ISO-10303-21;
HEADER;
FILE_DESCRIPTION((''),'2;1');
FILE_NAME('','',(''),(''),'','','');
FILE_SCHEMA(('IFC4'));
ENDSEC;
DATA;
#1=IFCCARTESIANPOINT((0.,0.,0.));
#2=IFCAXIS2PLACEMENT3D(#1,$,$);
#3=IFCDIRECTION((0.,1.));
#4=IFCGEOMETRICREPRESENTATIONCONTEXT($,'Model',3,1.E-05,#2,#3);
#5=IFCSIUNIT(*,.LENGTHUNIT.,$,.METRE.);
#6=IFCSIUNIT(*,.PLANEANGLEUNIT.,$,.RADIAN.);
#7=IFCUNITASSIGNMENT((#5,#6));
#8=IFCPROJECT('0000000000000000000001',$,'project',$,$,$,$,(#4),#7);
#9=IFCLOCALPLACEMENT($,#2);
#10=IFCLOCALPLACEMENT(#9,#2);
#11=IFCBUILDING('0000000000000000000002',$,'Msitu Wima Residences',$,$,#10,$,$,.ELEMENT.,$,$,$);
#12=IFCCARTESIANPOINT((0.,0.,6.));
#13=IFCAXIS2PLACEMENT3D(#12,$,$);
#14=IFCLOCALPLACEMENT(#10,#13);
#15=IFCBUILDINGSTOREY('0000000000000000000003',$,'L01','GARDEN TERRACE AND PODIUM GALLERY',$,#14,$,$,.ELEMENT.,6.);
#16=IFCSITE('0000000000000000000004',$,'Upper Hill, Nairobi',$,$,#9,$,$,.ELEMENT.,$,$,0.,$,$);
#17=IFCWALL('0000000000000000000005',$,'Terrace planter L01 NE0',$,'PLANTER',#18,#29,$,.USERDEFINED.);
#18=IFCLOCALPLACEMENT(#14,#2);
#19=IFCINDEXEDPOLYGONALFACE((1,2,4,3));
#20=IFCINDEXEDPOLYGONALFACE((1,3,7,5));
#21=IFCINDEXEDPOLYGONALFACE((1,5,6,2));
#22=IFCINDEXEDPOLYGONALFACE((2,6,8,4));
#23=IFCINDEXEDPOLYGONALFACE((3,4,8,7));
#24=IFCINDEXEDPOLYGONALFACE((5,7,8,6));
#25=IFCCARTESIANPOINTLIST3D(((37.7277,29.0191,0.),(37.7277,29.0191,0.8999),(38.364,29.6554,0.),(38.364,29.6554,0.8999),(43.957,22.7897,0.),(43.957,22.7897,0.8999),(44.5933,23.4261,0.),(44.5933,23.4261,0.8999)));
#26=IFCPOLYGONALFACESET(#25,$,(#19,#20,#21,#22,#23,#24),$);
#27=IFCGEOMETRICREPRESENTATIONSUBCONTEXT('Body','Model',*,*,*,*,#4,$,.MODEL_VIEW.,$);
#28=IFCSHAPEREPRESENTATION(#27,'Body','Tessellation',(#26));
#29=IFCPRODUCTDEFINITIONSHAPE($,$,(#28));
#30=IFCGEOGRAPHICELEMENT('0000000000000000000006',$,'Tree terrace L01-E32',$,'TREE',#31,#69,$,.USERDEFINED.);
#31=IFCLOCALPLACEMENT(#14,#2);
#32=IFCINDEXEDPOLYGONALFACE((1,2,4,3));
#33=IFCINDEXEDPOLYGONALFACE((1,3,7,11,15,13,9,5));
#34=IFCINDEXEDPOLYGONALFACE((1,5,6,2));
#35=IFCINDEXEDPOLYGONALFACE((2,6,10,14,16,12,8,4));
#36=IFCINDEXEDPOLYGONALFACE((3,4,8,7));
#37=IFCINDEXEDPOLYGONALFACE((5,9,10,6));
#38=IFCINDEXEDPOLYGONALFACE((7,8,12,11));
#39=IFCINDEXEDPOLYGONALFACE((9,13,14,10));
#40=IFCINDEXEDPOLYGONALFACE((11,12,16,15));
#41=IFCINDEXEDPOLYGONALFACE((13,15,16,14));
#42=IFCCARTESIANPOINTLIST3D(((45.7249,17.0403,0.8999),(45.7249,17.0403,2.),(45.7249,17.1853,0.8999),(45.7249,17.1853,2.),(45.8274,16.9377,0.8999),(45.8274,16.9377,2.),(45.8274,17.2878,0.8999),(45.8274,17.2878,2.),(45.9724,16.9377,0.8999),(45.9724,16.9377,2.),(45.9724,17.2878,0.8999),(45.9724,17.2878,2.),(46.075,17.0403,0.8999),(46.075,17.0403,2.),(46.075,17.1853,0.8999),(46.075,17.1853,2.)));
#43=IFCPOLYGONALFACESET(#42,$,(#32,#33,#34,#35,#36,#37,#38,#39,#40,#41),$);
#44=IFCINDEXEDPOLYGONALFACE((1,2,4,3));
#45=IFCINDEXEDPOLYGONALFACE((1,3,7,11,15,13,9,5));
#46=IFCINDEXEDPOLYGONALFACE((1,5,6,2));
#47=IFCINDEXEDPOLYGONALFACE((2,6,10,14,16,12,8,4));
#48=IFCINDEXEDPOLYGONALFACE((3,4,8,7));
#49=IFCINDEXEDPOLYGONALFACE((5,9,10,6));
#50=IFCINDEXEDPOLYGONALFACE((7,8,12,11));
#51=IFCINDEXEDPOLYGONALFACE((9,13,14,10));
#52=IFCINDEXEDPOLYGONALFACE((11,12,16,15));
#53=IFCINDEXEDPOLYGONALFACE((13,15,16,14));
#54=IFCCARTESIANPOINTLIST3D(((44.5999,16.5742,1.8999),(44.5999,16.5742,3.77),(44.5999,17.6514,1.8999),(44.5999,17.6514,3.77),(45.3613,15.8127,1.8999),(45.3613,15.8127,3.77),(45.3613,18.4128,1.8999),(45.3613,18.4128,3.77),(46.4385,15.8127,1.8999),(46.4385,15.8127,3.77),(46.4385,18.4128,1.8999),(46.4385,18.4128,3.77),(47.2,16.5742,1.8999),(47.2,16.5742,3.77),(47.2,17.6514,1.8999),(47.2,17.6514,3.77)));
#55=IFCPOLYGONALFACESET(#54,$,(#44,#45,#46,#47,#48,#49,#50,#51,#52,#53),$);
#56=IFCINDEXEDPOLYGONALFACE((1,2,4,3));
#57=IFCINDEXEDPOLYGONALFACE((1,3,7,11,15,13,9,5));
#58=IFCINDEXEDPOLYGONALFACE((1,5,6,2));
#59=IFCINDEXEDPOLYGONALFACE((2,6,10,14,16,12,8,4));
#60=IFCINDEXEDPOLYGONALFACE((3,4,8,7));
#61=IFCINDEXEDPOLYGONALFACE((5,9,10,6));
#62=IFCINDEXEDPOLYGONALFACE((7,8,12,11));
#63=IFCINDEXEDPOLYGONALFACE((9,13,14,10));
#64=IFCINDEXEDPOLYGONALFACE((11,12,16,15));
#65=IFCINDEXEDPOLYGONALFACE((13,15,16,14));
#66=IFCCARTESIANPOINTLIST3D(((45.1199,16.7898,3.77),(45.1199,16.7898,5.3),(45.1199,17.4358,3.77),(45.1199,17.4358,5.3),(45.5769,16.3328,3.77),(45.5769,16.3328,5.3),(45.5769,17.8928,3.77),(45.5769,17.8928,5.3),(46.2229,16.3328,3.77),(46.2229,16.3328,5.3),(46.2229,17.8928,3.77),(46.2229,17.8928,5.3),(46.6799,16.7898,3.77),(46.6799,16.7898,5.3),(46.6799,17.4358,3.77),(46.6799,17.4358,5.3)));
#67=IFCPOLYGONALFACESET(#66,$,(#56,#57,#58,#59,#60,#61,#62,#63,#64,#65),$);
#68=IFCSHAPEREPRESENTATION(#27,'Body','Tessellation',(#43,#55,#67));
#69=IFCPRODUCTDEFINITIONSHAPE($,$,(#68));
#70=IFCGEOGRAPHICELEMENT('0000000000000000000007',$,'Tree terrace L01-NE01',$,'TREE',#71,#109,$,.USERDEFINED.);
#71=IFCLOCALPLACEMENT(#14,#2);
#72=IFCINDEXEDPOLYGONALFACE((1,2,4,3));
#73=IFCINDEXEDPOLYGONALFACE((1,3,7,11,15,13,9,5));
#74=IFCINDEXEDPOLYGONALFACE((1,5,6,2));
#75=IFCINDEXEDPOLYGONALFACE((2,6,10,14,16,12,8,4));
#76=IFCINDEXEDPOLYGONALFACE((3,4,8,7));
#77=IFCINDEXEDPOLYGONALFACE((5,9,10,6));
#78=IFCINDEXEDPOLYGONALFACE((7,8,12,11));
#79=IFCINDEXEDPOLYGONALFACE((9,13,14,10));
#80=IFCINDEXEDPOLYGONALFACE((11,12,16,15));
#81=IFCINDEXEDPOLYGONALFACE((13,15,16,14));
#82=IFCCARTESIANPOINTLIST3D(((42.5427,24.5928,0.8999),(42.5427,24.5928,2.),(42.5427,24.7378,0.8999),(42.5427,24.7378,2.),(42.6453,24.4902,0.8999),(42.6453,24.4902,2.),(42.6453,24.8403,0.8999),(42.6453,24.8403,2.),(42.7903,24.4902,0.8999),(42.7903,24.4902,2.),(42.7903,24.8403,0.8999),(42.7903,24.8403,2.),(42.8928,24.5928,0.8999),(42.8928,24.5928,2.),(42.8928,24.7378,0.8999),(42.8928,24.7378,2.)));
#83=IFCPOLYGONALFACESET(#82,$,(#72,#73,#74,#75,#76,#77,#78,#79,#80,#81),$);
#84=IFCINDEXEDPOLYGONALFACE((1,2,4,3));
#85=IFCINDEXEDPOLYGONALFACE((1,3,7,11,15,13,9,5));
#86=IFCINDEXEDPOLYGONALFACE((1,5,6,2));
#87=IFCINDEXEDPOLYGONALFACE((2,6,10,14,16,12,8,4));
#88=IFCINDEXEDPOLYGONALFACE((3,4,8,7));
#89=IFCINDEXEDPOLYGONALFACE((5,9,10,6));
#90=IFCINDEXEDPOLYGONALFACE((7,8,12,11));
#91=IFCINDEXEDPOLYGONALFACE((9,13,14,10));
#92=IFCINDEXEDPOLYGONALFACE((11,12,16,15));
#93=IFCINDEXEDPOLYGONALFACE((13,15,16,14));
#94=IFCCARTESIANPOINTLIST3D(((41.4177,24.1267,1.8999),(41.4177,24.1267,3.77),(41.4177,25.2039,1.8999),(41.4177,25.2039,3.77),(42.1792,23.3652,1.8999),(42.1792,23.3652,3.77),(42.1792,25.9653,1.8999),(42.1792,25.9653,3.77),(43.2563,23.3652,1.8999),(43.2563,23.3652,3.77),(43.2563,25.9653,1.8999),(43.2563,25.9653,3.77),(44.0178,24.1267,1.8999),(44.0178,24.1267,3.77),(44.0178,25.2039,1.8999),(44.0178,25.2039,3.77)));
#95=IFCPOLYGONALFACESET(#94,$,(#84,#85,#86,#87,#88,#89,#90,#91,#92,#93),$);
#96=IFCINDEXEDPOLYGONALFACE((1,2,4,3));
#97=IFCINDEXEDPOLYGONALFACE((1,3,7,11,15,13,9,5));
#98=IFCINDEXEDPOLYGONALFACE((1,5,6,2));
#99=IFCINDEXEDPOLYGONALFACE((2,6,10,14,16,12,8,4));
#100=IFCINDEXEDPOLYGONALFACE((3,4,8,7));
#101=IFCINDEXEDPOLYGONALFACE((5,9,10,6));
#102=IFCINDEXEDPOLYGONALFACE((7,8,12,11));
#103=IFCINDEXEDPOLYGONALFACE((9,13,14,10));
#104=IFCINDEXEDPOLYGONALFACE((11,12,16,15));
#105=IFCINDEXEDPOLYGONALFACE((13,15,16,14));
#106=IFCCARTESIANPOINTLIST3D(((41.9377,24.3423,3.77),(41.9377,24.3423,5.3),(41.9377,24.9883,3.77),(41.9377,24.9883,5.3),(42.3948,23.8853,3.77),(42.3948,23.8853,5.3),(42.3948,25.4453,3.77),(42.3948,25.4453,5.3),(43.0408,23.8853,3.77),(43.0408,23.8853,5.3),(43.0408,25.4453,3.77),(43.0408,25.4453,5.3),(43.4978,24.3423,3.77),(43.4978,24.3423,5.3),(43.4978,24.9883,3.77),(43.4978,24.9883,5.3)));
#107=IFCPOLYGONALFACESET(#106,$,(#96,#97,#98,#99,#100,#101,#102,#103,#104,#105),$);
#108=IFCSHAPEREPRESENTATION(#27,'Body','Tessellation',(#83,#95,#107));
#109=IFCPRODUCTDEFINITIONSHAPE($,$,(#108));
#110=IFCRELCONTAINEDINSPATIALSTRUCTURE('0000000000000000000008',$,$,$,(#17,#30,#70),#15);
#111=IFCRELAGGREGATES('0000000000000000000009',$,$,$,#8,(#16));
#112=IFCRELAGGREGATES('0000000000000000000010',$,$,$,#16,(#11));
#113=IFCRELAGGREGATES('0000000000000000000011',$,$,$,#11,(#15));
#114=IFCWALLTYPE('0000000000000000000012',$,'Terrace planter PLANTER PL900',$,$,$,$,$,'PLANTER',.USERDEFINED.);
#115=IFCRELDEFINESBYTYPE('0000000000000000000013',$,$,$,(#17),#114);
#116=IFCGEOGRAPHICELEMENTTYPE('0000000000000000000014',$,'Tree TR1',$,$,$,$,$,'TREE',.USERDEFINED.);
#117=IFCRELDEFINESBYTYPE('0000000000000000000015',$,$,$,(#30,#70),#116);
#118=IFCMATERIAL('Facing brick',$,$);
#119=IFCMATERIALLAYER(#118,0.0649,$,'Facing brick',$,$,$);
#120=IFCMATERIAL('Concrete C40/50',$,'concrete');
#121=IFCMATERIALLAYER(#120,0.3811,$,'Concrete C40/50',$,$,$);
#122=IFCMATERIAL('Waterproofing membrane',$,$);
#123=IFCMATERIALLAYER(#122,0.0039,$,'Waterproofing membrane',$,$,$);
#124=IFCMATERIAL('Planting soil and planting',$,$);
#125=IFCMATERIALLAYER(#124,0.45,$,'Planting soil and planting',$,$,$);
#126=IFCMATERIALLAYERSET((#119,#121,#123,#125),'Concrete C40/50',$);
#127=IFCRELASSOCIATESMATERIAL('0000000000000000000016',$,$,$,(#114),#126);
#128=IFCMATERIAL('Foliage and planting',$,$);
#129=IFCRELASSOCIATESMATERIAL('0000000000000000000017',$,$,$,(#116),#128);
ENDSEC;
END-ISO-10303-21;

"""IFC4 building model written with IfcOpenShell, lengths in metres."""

from ifc_helpers import new_model, si_unit, direction, frame, frame_2d, origin, place, context, subcontext, project, spatial, polyline, rectangle, outline, extrude, material, layer, layer_set, type_object, element, save


model = new_model("IFC4")

# Units and contexts
model_context = context("Model", 3, precision=1e-05, world=origin(), true_north=direction((0.0, 1.0)))
body_context = subcontext(model_context, "Body", "Model", "MODEL_VIEW")
ifc_project = project(units=[si_unit("LENGTHUNIT", "METRE"), si_unit("PLANEANGLEUNIT", "RADIAN")], contexts=[model_context])

# Site, building, storey
site_placement = place(None, origin())
site = spatial("IfcSite", under=ifc_project, at=site_placement, Name="Upper Hill, Nairobi", CompositionType="ELEMENT", RefElevation=0.0)
building_placement = place(site_placement, origin())
building = spatial("IfcBuilding", under=site, at=building_placement, Name="Msitu Wima Residences", CompositionType="ELEMENT")
storey_placement = place(building_placement, frame((0.0, 0.0, 6.0)))
storey = spatial("IfcBuildingStorey", under=building, at=storey_placement, Name="L01", Description="GARDEN TERRACE AND PODIUM GALLERY", CompositionType="ELEMENT", Elevation=6.0)

# Wall
ifc_material_1 = material(Name="Facing brick")
ifc_layer_1 = layer(ifc_material_1, 0.0649, Name="Facing brick")
ifc_material_2 = material(Name="Concrete C40/50", Category="concrete")
ifc_layer_2 = layer(ifc_material_2, 0.3811, Name="Concrete C40/50")
ifc_material_3 = material(Name="Waterproofing membrane")
ifc_layer_3 = layer(ifc_material_3, 0.0039, Name="Waterproofing membrane")
ifc_material_4 = material(Name="Planting soil and planting")
ifc_layer_4 = layer(ifc_material_4, 0.45, Name="Planting soil and planting")
ifc_layer_set_1 = layer_set([ifc_layer_1, ifc_layer_2, ifc_layer_3, ifc_layer_4], Name="Concrete C40/50")
wall_type_1 = type_object("IfcWallType", Name="Terrace planter PLANTER PL900", ElementType="PLANTER", PredefinedType="USERDEFINED", material=ifc_layer_set_1)
wall_1_placement = place(storey_placement, frame((44.2751, 23.1079, 0.0), z_axis=(0.0, 0.0, 1.0), x_axis=(-0.707107, 0.707107, 0.0)))
element("IfcWall", 1, at=wall_1_placement, inside=storey, type_object=wall_type_1, Name="Terrace planter L01 NE0", ObjectType="PLANTER", PredefinedType="USERDEFINED", context=body_context, shape_type="SweptSolid", body=[
    extrude(rectangle(XDim=8.8096, YDim=0.8999, at=frame_2d((4.4048, 0.0))), origin(), (0.0, 0.0, 1.0), 0.8999),
])

# Geographic elements
ifc_material_5 = material(Name="Foliage and planting")
geographic_element_type = type_object("IfcGeographicElementType", Name="Tree TR1", ElementType="TREE", PredefinedType="USERDEFINED", material=ifc_material_5)
for number, where, z_axis, x_axis, name in (
    (2, (45.8999, 17.1128, 0.8999), (0.0, 0.0, 1.0), (1.0, 0.0, 0.0), "Tree terrace L01-E32"),
    (3, (42.7178, 24.6653, 0.8999), (0.0, 0.0, 1.0), (1.0, 0.0, 0.0), "Tree terrace L01-NE01"),
):
    element("IfcGeographicElement", number, at=place(storey_placement, frame(where, z_axis=z_axis, x_axis=x_axis)), inside=storey, type_object=geographic_element_type, Name=name, ObjectType="TREE", PredefinedType="USERDEFINED", context=body_context, shape_type="SweptSolid", body=[
        extrude(outline(polyline([(0.175, 0.0725), (0.0725, 0.175), (-0.0725, 0.175), (-0.175, 0.0725), (-0.175, -0.0725), (-0.0725, -0.175), (0.0725, -0.175), (0.175, -0.0725), (0.175, 0.0725)])), origin(), (0.0, 0.0, 1.0), 1.1001),
        extrude(outline(polyline([(1.3, 0.5386), (0.5386, 1.3), (-0.5386, 1.3), (-1.3, 0.5386), (-1.3, -0.5386), (-0.5386, -1.3), (0.5386, -1.3), (1.3, -0.5386), (1.3, 0.5386)])), frame((0.0, 0.0, 1.0)), (0.0, 0.0, 1.0), 1.8701),
        extrude(outline(polyline([(0.78, 0.323), (0.323, 0.78), (-0.323, 0.78), (-0.78, 0.323), (-0.78, -0.323), (-0.323, -0.78), (0.323, -0.78), (0.78, -0.323), (0.78, 0.323)])), frame((0.0, 0.0, 2.8701)), (0.0, 0.0, 1.0), 1.53),
    ])

save(model, "model.ifc")
